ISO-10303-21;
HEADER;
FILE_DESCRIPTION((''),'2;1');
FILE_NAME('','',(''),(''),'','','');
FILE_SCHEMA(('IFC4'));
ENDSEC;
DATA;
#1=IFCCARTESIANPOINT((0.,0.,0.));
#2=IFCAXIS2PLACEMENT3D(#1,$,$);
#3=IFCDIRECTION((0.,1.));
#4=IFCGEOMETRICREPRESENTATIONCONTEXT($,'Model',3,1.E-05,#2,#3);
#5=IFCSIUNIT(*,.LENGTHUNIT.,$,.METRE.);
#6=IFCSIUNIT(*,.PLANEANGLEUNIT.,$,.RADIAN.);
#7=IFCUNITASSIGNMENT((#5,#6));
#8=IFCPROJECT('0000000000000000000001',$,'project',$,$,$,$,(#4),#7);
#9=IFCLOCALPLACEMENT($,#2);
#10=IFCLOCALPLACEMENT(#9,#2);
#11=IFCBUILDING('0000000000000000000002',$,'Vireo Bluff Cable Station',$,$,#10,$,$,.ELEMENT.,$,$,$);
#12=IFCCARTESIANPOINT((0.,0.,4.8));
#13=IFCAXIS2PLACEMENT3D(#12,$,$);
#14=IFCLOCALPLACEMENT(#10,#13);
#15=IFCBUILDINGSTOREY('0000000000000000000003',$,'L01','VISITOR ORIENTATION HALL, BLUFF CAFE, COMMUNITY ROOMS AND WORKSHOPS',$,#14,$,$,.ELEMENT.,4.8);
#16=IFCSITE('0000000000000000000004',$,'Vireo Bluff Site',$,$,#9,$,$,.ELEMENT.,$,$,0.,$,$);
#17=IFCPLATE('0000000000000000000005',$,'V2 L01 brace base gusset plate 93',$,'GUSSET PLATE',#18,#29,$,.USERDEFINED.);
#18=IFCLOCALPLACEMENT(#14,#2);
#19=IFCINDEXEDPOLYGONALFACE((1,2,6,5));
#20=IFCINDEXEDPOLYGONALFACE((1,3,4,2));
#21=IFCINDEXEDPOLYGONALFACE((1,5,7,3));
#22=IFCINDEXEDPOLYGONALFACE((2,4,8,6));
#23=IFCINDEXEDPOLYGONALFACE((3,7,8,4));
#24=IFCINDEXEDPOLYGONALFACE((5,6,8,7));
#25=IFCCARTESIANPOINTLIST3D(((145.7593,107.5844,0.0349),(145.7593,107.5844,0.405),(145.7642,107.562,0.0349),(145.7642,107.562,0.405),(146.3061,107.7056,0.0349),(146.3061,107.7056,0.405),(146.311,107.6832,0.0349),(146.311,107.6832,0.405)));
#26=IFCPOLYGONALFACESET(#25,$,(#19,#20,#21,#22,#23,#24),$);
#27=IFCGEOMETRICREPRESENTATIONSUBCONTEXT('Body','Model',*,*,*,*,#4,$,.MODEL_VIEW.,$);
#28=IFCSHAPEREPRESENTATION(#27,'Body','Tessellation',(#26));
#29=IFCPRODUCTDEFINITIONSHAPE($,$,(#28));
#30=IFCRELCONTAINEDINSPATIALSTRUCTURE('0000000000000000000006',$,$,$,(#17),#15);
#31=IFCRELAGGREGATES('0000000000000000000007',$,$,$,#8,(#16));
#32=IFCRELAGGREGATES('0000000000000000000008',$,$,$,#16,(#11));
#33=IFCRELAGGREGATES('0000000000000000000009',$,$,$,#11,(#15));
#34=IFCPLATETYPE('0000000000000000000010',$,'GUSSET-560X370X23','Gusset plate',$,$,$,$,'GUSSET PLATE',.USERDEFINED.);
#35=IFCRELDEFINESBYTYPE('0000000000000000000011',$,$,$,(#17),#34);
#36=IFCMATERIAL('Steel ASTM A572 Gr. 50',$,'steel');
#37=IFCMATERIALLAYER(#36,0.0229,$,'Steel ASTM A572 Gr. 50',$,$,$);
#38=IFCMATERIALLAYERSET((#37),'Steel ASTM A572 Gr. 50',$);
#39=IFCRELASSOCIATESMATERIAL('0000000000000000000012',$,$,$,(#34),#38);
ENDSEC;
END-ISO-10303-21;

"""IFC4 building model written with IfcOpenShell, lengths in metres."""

from ifc_helpers import new_model, si_unit, direction, frame, origin, origin_2d, place, context, subcontext, project, spatial, rectangle, extrude, material, layer, layer_set, type_object, element, save


model = new_model("IFC4")

# Units and contexts
model_context = context("Model", 3, precision=1e-05, world=origin(), true_north=direction((0.0, 1.0)))
body_context = subcontext(model_context, "Body", "Model", "MODEL_VIEW")
ifc_project = project(units=[si_unit("LENGTHUNIT", "METRE"), si_unit("PLANEANGLEUNIT", "RADIAN")], contexts=[model_context])

# Site, building, storey
site_placement = place(None, origin())
site = spatial("IfcSite", under=ifc_project, at=site_placement, Name="Vireo Bluff Site", CompositionType="ELEMENT", RefElevation=0.0)
building_placement = place(site_placement, origin())
building = spatial("IfcBuilding", under=site, at=building_placement, Name="Vireo Bluff Cable Station", CompositionType="ELEMENT")
storey_placement = place(building_placement, frame((0.0, 0.0, 4.8)))
storey = spatial("IfcBuildingStorey", under=building, at=storey_placement, Name="L01", Description="VISITOR ORIENTATION HALL, BLUFF CAFE, COMMUNITY ROOMS AND WORKSHOPS", CompositionType="ELEMENT", Elevation=4.8)

# Plate
ifc_material_1 = material(Name="Steel ASTM A572 Gr. 50", Category="steel")
ifc_layer_1 = layer(ifc_material_1, 0.0229, Name="Steel ASTM A572 Gr. 50")
ifc_layer_set_1 = layer_set([ifc_layer_1], Name="Steel ASTM A572 Gr. 50")
plate_type_1 = type_object("IfcPlateType", Name="GUSSET-560X370X23", Description="Gusset plate", ElementType="GUSSET PLATE", PredefinedType="USERDEFINED", material=ifc_layer_set_1)
plate_1_placement = place(storey_placement, frame((146.0352, 107.6338, 0.0349), z_axis=(0.0, 0.0, 1.0), x_axis=(0.976296, 0.21644, 0.0)))
element("IfcPlate", 1, at=plate_1_placement, inside=storey, type_object=plate_type_1, Name="V2 L01 brace base gusset plate 93", ObjectType="GUSSET PLATE", PredefinedType="USERDEFINED", context=body_context, shape_type="SweptSolid", body=[
    extrude(rectangle(XDim=0.5601, YDim=0.0229, at=origin_2d()), origin(), (0.0, 0.0, 1.0), 0.3701),
])

save(model, "model.ifc")
